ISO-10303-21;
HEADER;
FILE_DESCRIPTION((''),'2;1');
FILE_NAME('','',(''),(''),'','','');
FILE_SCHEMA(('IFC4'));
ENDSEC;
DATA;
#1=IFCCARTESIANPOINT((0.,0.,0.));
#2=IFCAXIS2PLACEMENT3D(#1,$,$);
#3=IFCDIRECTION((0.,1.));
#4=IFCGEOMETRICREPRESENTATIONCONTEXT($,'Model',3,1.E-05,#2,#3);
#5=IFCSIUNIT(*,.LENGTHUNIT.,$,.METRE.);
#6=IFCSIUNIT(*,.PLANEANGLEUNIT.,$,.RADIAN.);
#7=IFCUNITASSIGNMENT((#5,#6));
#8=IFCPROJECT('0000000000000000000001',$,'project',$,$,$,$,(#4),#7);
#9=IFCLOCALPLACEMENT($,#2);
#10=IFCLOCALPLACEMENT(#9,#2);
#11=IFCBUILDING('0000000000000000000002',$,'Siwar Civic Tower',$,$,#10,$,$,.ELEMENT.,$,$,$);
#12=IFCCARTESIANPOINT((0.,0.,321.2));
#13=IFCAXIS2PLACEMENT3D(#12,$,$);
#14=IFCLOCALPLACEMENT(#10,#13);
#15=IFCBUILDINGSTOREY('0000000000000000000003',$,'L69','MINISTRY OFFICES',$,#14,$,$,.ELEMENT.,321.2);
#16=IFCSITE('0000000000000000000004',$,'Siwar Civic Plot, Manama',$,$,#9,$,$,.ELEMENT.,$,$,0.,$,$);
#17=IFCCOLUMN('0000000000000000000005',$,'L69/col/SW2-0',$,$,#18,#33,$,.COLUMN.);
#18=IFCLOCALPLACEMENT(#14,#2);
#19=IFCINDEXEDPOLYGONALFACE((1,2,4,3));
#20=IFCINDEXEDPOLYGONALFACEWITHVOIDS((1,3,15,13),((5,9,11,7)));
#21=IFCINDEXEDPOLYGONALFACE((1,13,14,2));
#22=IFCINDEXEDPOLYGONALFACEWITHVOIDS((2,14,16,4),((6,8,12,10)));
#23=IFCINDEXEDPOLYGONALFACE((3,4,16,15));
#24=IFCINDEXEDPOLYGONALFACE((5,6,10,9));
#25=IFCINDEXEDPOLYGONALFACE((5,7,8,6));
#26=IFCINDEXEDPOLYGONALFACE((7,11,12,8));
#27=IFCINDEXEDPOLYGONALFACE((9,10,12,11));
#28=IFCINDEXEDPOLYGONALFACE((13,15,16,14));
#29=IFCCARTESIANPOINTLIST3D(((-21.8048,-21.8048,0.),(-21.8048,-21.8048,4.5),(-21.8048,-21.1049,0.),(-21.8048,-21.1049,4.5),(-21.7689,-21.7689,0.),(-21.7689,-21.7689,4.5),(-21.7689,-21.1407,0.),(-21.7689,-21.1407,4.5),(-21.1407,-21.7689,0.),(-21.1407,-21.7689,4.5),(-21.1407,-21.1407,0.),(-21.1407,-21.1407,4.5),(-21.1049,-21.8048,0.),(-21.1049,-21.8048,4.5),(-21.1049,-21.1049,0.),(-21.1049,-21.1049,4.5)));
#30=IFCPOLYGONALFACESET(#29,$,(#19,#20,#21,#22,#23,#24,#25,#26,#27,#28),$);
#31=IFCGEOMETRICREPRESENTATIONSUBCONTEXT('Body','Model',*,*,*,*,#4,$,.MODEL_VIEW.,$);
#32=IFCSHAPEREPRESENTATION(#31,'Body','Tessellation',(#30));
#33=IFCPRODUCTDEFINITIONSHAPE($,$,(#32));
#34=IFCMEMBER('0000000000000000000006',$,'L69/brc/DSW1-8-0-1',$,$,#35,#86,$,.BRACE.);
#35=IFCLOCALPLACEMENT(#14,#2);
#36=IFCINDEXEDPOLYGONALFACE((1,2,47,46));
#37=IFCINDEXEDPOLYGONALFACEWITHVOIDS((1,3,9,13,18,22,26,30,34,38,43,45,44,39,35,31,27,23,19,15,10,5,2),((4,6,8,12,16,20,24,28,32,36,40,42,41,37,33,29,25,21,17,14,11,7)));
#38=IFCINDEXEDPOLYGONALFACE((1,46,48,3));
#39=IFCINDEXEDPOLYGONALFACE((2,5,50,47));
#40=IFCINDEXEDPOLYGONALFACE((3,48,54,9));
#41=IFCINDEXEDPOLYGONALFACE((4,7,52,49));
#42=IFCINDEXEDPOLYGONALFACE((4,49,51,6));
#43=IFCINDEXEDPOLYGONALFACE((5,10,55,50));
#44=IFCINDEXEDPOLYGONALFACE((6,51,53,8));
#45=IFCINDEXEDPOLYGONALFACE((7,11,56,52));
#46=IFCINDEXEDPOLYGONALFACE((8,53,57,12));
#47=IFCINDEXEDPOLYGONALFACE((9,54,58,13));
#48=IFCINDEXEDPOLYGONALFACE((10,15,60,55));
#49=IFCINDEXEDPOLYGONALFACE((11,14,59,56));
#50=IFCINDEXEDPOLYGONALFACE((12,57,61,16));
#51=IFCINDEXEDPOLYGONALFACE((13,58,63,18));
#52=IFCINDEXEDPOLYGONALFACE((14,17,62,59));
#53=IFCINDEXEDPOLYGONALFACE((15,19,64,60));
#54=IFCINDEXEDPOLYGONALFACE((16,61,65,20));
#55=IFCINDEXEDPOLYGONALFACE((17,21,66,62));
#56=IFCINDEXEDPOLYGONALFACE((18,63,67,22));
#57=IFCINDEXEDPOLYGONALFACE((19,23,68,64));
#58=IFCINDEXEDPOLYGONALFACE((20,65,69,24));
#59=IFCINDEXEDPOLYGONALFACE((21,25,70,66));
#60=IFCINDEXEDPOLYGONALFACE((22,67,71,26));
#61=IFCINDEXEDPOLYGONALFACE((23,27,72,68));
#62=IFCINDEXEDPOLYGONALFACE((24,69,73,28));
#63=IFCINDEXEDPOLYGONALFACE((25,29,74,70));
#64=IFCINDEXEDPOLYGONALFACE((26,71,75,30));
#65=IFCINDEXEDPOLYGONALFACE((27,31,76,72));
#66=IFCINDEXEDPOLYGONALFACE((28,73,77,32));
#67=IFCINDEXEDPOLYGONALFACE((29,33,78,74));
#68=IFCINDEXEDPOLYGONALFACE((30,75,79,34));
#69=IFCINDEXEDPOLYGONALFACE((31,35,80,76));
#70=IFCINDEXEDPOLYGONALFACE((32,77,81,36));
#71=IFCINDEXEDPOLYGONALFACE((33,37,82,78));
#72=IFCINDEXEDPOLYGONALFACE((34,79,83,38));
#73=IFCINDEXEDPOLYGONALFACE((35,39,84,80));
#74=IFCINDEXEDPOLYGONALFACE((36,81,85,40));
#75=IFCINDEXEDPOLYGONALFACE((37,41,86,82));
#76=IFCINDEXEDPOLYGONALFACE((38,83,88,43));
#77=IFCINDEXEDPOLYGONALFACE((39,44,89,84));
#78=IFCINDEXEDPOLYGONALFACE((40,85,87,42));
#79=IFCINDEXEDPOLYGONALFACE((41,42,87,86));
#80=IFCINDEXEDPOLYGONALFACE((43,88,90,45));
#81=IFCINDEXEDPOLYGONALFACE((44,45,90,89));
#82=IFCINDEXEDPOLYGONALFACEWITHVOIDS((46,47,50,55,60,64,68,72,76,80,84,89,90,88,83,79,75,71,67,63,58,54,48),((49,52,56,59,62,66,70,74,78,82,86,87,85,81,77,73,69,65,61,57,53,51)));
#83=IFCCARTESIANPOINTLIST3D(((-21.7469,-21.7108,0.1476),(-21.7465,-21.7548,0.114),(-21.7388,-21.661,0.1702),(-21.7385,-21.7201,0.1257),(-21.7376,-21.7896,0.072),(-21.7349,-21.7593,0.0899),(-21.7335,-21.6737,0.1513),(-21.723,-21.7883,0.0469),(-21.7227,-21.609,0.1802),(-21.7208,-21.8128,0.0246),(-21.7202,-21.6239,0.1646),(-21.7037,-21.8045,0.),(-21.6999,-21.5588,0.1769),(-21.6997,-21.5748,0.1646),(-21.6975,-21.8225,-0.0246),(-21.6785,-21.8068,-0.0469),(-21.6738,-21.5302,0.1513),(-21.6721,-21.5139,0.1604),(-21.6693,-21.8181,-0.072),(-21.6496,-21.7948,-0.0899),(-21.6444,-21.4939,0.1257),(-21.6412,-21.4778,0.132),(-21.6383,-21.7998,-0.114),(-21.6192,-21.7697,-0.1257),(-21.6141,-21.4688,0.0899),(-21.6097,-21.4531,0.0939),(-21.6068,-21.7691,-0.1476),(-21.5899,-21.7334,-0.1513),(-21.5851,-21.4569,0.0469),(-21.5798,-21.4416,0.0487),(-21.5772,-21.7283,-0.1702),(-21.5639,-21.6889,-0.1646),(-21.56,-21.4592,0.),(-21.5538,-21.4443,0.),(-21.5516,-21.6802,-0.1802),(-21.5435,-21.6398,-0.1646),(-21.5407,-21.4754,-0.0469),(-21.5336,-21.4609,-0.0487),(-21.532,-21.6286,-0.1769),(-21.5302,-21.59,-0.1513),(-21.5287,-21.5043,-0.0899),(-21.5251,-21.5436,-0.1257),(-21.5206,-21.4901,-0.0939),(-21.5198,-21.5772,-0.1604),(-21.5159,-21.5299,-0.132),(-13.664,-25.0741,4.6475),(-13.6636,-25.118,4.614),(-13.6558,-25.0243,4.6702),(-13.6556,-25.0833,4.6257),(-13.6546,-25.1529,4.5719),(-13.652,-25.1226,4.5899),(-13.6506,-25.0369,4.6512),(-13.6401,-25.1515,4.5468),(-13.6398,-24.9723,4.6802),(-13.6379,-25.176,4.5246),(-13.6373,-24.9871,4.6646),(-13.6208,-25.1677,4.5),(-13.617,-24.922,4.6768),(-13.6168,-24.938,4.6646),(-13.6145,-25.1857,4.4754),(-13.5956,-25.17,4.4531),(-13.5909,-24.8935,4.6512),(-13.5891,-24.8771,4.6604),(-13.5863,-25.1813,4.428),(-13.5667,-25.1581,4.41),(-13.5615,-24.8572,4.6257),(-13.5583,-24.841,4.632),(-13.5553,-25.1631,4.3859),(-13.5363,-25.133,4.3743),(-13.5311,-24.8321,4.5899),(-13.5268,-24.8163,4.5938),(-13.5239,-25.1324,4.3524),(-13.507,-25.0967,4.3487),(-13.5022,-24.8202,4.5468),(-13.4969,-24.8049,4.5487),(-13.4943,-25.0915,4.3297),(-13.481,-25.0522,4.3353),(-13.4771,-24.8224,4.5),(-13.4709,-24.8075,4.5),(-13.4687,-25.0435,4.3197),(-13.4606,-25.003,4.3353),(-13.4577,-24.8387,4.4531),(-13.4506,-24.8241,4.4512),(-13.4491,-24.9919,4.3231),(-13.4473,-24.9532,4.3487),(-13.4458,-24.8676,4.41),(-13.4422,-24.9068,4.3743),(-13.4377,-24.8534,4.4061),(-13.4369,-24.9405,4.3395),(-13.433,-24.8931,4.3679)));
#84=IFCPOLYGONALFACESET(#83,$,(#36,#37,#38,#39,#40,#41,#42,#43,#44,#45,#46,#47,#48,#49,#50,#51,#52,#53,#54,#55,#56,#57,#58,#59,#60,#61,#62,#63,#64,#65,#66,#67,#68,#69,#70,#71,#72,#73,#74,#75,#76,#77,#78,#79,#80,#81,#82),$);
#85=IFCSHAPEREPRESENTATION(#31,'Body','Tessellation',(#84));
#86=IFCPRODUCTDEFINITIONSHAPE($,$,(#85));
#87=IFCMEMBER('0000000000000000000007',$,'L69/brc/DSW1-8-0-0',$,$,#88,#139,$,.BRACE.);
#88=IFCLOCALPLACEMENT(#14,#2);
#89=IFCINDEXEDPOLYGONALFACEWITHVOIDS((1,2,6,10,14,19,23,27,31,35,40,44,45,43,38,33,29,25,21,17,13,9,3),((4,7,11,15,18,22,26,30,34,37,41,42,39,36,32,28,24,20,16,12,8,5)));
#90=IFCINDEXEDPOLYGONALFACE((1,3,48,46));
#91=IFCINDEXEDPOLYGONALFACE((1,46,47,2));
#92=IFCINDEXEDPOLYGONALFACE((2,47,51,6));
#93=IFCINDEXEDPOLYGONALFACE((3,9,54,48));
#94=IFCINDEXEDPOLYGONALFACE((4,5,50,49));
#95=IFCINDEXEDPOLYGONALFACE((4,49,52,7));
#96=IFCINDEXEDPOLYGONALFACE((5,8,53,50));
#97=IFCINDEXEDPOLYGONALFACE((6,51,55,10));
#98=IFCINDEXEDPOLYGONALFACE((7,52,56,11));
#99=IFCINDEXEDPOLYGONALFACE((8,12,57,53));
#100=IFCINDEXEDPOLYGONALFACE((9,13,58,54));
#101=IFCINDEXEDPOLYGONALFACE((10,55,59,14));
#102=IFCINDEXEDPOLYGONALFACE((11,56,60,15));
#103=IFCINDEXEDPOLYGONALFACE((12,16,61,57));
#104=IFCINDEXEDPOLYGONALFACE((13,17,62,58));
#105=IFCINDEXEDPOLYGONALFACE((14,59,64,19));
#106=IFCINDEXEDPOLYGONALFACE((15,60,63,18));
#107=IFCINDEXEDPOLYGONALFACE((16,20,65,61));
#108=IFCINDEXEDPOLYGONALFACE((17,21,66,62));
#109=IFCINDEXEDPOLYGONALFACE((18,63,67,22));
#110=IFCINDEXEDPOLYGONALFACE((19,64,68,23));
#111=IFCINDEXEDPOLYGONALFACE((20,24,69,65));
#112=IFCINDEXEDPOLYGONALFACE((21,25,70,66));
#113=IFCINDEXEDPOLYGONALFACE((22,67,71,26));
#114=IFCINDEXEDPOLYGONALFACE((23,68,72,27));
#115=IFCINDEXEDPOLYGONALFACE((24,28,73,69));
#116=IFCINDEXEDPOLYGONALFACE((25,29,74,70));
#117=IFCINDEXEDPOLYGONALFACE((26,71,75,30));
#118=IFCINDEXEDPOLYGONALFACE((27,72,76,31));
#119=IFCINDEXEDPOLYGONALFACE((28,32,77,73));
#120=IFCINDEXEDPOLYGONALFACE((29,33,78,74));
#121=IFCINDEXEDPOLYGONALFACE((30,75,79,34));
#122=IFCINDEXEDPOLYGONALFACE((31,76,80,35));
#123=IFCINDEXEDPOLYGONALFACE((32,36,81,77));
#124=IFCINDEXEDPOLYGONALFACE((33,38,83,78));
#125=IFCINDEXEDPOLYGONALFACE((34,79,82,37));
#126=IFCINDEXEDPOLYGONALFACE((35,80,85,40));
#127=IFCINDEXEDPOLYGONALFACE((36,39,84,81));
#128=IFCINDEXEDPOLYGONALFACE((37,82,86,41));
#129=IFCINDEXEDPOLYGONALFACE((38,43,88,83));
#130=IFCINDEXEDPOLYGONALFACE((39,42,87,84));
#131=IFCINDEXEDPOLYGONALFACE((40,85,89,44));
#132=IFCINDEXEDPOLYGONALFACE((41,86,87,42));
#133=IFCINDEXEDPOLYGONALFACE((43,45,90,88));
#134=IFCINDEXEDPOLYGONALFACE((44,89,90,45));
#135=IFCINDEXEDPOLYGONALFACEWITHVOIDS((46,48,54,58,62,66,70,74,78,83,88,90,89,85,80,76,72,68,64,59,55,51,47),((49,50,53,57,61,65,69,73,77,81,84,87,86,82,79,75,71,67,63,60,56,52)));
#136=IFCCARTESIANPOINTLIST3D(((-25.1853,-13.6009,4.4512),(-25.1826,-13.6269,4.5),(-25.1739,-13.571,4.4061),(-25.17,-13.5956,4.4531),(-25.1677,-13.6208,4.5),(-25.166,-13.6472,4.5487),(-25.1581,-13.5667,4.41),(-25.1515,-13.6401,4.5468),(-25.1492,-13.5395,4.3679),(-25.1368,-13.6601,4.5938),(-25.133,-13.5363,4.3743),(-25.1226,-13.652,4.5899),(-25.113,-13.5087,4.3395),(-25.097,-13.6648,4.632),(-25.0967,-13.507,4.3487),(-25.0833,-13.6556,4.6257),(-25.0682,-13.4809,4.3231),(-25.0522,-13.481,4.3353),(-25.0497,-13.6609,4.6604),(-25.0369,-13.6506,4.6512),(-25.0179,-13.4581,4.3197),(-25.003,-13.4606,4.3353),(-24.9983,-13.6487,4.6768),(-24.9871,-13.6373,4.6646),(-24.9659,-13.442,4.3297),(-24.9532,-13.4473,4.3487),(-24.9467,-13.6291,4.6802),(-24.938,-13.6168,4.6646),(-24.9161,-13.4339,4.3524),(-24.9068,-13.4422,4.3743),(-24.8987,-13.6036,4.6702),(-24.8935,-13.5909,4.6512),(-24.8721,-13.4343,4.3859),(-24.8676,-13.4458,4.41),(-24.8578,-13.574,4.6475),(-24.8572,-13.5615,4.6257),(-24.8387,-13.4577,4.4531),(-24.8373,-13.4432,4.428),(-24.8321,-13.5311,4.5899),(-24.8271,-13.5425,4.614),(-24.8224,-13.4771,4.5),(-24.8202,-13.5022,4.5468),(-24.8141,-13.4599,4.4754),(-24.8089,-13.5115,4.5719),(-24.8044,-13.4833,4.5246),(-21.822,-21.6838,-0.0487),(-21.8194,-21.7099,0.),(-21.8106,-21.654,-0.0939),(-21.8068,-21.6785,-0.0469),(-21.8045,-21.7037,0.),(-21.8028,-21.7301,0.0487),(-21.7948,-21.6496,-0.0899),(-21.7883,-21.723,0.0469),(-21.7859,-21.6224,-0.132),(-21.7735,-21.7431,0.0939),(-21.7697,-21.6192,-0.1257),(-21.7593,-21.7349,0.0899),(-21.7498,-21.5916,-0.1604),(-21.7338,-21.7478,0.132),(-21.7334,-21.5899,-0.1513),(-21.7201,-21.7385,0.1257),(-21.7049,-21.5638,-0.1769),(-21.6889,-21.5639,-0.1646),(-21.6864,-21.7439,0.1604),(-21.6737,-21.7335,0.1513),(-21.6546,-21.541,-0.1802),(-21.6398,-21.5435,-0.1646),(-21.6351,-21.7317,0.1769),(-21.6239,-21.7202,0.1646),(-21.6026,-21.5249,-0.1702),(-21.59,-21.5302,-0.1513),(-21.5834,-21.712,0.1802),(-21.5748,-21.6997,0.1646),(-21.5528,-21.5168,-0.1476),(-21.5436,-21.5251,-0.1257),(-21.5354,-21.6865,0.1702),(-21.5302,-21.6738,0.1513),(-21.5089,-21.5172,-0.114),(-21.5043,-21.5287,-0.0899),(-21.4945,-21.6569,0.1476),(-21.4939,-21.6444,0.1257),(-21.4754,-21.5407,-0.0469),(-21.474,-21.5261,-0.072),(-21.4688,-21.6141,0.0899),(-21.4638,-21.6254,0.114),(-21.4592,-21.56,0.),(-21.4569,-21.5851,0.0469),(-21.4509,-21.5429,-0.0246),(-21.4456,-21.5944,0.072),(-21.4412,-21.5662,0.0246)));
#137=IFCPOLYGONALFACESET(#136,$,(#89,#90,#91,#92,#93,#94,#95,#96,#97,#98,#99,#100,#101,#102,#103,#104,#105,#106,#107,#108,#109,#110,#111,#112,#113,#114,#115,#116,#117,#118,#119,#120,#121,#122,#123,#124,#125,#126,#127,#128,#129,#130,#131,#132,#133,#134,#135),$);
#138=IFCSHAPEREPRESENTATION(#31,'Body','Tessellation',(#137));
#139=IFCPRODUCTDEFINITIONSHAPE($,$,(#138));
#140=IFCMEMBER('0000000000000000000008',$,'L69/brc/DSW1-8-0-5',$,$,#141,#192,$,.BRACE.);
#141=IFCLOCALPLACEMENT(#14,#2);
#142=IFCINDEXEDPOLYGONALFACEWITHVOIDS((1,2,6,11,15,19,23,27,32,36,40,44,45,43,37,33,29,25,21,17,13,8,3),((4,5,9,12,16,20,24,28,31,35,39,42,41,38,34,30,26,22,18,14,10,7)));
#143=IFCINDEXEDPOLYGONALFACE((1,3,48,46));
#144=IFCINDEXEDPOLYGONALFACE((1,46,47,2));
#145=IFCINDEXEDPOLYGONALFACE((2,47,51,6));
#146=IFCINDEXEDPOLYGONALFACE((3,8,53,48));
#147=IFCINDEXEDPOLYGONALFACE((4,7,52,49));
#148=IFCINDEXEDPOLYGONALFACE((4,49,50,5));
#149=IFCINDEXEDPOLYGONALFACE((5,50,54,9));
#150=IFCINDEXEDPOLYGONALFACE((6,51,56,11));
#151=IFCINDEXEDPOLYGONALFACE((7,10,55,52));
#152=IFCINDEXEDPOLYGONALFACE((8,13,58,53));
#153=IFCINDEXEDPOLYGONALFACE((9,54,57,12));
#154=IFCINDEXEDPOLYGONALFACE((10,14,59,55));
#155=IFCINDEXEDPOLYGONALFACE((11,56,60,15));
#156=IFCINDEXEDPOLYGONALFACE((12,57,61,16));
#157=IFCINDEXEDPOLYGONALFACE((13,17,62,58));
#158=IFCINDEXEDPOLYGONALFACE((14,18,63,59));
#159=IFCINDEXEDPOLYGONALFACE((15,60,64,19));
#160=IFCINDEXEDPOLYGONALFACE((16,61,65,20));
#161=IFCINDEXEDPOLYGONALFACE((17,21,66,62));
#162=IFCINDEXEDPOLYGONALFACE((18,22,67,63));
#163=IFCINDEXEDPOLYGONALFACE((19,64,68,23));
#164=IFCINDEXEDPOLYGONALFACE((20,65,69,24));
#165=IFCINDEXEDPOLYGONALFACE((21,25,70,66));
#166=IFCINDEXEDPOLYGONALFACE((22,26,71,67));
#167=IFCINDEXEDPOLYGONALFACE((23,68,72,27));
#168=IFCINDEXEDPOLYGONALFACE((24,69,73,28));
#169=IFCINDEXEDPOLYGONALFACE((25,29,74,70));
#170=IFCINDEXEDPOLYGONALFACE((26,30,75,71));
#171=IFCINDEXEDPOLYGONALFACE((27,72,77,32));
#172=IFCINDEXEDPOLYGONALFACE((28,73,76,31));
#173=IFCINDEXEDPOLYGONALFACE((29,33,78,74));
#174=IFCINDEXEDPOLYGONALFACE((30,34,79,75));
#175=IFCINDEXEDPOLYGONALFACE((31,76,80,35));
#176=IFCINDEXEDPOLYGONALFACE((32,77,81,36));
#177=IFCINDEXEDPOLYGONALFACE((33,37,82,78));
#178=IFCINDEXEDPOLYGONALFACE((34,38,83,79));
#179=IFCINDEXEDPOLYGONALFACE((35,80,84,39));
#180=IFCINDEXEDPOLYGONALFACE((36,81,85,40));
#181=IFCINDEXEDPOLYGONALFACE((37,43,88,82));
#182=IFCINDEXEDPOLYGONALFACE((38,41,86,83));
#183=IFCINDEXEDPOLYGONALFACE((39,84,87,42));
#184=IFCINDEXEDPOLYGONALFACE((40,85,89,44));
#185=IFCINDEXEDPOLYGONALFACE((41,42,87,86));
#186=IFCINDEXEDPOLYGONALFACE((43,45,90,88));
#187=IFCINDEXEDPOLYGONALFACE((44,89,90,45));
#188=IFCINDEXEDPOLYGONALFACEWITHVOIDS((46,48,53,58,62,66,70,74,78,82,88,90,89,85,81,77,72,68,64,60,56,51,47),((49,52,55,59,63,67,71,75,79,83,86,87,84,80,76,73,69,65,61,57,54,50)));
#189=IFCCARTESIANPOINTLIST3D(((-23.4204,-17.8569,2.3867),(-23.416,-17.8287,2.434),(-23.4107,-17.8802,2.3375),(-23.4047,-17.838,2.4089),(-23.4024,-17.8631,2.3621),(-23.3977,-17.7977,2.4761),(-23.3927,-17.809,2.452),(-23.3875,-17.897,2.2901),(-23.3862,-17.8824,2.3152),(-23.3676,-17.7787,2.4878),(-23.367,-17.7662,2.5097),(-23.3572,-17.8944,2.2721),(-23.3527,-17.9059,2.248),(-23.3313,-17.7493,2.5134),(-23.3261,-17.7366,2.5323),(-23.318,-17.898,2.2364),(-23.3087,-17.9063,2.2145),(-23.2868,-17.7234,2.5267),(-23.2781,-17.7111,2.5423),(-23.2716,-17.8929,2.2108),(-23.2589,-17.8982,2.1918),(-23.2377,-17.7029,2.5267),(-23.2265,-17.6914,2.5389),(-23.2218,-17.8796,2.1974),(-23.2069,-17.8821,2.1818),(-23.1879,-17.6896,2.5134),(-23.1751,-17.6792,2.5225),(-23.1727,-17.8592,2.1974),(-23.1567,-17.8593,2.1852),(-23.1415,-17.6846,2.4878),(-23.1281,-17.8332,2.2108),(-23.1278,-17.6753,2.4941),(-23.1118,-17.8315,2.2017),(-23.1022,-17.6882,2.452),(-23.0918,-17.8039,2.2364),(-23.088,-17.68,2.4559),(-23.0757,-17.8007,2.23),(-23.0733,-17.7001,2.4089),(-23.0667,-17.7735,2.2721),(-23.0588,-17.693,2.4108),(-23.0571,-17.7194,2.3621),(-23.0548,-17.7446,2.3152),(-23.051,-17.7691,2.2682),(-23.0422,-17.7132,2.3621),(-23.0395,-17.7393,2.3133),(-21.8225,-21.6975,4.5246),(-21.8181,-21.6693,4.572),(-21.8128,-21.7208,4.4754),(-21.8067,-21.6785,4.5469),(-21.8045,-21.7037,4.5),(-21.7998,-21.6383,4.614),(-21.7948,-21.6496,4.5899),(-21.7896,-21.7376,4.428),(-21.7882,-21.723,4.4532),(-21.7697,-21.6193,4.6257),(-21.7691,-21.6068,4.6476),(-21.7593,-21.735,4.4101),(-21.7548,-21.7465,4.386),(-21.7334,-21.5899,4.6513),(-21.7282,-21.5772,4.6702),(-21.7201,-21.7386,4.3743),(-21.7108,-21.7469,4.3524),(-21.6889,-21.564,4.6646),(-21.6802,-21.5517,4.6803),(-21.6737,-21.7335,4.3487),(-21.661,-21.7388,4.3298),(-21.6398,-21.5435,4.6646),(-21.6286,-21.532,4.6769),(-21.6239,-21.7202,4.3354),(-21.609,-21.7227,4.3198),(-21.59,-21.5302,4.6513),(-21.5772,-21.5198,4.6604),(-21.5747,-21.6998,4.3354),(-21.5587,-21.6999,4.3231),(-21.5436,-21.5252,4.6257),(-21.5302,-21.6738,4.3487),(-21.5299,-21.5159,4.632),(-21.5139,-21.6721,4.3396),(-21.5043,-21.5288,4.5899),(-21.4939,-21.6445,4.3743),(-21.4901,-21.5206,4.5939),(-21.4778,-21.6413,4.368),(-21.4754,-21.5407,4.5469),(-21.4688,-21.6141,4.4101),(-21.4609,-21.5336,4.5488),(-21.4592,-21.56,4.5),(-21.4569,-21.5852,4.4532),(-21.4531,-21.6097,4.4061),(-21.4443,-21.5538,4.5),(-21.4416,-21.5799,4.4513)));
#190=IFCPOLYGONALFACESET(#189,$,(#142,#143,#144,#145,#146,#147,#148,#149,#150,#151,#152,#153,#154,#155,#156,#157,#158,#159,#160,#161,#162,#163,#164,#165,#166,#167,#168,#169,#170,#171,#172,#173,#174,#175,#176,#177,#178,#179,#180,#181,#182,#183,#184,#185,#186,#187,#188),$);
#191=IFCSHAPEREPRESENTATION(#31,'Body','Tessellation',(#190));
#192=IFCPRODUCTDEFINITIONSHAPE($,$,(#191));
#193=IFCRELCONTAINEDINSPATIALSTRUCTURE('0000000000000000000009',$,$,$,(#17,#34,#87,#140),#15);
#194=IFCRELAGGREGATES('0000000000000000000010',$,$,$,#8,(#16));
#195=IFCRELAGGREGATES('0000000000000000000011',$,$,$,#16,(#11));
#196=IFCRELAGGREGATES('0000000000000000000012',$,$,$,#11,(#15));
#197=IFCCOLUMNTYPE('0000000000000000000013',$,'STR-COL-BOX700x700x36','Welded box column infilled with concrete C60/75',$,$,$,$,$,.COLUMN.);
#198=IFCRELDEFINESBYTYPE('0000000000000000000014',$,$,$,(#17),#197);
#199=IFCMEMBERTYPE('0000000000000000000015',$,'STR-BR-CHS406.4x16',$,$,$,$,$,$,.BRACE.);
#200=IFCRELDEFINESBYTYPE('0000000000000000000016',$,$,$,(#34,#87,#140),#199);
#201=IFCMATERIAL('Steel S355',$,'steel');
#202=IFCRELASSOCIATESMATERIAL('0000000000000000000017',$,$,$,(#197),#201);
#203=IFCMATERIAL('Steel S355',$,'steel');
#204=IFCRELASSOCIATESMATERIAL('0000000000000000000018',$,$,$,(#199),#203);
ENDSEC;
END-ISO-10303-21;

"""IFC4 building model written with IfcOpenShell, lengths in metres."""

from ifc_helpers import new_model, si_unit, direction, frame, origin, origin_2d, place, context, subcontext, project, spatial, hollow_rectangle, hollow_circle, extrude, material, material_profile, profile_set, type_object, element, save


model = new_model("IFC4")

# Units and contexts
model_context = context("Model", 3, precision=1e-05, world=origin(), true_north=direction((0.0, 1.0)))
body_context = subcontext(model_context, "Body", "Model", "MODEL_VIEW")
ifc_project = project(units=[si_unit("LENGTHUNIT", "METRE"), si_unit("PLANEANGLEUNIT", "RADIAN")], contexts=[model_context])

# Site, building, storey
site_placement = place(None, origin())
site = spatial("IfcSite", under=ifc_project, at=site_placement, Name="Siwar Civic Plot, Manama", CompositionType="ELEMENT", RefElevation=0.0)
building_placement = place(site_placement, origin())
building = spatial("IfcBuilding", under=site, at=building_placement, Name="Siwar Civic Tower", CompositionType="ELEMENT")
storey_placement = place(building_placement, frame((0.0, 0.0, 321.2)))
storey = spatial("IfcBuildingStorey", under=building, at=storey_placement, Name="L69", Description="MINISTRY OFFICES", CompositionType="ELEMENT", Elevation=321.2)

# Column
ifc_material_1 = material(Name="Steel S355", Category="steel")
ifc_material_profile_1 = material_profile(ifc_material_1, hollow_rectangle(XDim=0.7, YDim=0.7, WallThickness=0.0359, at=origin_2d()), Name="BOX700x700x36")
ifc_profile_set_1 = profile_set([ifc_material_profile_1], Name="Steel S355")
column_type = type_object("IfcColumnType", Name="STR-COL-BOX700x700x36", Description="Welded box column infilled with concrete C60/75", PredefinedType="COLUMN", material=ifc_profile_set_1)
column_placement = place(storey_placement, frame((-21.4548, -21.4548, 0.0), z_axis=(0.0, 0.0, 1.0), x_axis=(1.0, 0.0, 0.0)))
element("IfcColumn", 1, at=column_placement, inside=storey, type_object=column_type, Name="L69/col/SW2-0", PredefinedType="COLUMN", context=body_context, shape_type="SweptSolid", body=[
    extrude(hollow_rectangle(XDim=0.7, YDim=0.7, WallThickness=0.0359, at=origin_2d()), origin(), (0.0, 0.0, 1.0), 4.5),
])

# Members
ifc_material_2 = material(Name="Steel S355", Category="steel")
ifc_material_profile_2 = material_profile(ifc_material_2, hollow_circle(Radius=0.2031, WallThickness=0.0161, at=origin_2d()), Name="CHS406.4x16")
ifc_profile_set_2 = profile_set([ifc_material_profile_2], Name="Steel S355")
member_type = type_object("IfcMemberType", Name="STR-BR-CHS406.4x16", PredefinedType="BRACE", material=ifc_profile_set_2)
for number, where, z_axis, x_axis, name in (
    (2, (-21.6318, -21.6318, 0.0), (0.821143, -0.341671, 0.457149), (0.384164, 0.923265, 0.0), "L69/brc/DSW1-8-0-1"),
    (3, (-21.6318, -21.6318, 0.0), (-0.341671, 0.821143, 0.457149), (-0.923265, -0.384164, 0.0), "L69/brc/DSW1-8-0-0"),
):
    element("IfcMember", number, at=place(storey_placement, frame(where, z_axis=z_axis, x_axis=x_axis)), inside=storey, type_object=member_type, Name=name, PredefinedType="BRACE", context=body_context, shape_type="SweptSolid", body=[
        extrude(hollow_circle(Radius=0.2031, WallThickness=0.0161, at=origin_2d()), origin(), (0.0, 0.0, 1.0), 9.8435),
    ])
member_placement = place(storey_placement, frame((-23.2297, -17.7913, 2.3621), z_axis=(0.341653, -0.821167, 0.45712), x_axis=(0.923276, 0.384136, 0.0)))
element("IfcMember", 4, at=member_placement, inside=storey, type_object=member_type, Name="L69/brc/DSW1-8-0-5", PredefinedType="BRACE", context=body_context, shape_type="SweptSolid", body=[
    extrude(hollow_circle(Radius=0.2031, WallThickness=0.0161, at=origin_2d()), origin(), (0.0, 0.0, 1.0), 4.677),
])

save(model, "model.ifc")
